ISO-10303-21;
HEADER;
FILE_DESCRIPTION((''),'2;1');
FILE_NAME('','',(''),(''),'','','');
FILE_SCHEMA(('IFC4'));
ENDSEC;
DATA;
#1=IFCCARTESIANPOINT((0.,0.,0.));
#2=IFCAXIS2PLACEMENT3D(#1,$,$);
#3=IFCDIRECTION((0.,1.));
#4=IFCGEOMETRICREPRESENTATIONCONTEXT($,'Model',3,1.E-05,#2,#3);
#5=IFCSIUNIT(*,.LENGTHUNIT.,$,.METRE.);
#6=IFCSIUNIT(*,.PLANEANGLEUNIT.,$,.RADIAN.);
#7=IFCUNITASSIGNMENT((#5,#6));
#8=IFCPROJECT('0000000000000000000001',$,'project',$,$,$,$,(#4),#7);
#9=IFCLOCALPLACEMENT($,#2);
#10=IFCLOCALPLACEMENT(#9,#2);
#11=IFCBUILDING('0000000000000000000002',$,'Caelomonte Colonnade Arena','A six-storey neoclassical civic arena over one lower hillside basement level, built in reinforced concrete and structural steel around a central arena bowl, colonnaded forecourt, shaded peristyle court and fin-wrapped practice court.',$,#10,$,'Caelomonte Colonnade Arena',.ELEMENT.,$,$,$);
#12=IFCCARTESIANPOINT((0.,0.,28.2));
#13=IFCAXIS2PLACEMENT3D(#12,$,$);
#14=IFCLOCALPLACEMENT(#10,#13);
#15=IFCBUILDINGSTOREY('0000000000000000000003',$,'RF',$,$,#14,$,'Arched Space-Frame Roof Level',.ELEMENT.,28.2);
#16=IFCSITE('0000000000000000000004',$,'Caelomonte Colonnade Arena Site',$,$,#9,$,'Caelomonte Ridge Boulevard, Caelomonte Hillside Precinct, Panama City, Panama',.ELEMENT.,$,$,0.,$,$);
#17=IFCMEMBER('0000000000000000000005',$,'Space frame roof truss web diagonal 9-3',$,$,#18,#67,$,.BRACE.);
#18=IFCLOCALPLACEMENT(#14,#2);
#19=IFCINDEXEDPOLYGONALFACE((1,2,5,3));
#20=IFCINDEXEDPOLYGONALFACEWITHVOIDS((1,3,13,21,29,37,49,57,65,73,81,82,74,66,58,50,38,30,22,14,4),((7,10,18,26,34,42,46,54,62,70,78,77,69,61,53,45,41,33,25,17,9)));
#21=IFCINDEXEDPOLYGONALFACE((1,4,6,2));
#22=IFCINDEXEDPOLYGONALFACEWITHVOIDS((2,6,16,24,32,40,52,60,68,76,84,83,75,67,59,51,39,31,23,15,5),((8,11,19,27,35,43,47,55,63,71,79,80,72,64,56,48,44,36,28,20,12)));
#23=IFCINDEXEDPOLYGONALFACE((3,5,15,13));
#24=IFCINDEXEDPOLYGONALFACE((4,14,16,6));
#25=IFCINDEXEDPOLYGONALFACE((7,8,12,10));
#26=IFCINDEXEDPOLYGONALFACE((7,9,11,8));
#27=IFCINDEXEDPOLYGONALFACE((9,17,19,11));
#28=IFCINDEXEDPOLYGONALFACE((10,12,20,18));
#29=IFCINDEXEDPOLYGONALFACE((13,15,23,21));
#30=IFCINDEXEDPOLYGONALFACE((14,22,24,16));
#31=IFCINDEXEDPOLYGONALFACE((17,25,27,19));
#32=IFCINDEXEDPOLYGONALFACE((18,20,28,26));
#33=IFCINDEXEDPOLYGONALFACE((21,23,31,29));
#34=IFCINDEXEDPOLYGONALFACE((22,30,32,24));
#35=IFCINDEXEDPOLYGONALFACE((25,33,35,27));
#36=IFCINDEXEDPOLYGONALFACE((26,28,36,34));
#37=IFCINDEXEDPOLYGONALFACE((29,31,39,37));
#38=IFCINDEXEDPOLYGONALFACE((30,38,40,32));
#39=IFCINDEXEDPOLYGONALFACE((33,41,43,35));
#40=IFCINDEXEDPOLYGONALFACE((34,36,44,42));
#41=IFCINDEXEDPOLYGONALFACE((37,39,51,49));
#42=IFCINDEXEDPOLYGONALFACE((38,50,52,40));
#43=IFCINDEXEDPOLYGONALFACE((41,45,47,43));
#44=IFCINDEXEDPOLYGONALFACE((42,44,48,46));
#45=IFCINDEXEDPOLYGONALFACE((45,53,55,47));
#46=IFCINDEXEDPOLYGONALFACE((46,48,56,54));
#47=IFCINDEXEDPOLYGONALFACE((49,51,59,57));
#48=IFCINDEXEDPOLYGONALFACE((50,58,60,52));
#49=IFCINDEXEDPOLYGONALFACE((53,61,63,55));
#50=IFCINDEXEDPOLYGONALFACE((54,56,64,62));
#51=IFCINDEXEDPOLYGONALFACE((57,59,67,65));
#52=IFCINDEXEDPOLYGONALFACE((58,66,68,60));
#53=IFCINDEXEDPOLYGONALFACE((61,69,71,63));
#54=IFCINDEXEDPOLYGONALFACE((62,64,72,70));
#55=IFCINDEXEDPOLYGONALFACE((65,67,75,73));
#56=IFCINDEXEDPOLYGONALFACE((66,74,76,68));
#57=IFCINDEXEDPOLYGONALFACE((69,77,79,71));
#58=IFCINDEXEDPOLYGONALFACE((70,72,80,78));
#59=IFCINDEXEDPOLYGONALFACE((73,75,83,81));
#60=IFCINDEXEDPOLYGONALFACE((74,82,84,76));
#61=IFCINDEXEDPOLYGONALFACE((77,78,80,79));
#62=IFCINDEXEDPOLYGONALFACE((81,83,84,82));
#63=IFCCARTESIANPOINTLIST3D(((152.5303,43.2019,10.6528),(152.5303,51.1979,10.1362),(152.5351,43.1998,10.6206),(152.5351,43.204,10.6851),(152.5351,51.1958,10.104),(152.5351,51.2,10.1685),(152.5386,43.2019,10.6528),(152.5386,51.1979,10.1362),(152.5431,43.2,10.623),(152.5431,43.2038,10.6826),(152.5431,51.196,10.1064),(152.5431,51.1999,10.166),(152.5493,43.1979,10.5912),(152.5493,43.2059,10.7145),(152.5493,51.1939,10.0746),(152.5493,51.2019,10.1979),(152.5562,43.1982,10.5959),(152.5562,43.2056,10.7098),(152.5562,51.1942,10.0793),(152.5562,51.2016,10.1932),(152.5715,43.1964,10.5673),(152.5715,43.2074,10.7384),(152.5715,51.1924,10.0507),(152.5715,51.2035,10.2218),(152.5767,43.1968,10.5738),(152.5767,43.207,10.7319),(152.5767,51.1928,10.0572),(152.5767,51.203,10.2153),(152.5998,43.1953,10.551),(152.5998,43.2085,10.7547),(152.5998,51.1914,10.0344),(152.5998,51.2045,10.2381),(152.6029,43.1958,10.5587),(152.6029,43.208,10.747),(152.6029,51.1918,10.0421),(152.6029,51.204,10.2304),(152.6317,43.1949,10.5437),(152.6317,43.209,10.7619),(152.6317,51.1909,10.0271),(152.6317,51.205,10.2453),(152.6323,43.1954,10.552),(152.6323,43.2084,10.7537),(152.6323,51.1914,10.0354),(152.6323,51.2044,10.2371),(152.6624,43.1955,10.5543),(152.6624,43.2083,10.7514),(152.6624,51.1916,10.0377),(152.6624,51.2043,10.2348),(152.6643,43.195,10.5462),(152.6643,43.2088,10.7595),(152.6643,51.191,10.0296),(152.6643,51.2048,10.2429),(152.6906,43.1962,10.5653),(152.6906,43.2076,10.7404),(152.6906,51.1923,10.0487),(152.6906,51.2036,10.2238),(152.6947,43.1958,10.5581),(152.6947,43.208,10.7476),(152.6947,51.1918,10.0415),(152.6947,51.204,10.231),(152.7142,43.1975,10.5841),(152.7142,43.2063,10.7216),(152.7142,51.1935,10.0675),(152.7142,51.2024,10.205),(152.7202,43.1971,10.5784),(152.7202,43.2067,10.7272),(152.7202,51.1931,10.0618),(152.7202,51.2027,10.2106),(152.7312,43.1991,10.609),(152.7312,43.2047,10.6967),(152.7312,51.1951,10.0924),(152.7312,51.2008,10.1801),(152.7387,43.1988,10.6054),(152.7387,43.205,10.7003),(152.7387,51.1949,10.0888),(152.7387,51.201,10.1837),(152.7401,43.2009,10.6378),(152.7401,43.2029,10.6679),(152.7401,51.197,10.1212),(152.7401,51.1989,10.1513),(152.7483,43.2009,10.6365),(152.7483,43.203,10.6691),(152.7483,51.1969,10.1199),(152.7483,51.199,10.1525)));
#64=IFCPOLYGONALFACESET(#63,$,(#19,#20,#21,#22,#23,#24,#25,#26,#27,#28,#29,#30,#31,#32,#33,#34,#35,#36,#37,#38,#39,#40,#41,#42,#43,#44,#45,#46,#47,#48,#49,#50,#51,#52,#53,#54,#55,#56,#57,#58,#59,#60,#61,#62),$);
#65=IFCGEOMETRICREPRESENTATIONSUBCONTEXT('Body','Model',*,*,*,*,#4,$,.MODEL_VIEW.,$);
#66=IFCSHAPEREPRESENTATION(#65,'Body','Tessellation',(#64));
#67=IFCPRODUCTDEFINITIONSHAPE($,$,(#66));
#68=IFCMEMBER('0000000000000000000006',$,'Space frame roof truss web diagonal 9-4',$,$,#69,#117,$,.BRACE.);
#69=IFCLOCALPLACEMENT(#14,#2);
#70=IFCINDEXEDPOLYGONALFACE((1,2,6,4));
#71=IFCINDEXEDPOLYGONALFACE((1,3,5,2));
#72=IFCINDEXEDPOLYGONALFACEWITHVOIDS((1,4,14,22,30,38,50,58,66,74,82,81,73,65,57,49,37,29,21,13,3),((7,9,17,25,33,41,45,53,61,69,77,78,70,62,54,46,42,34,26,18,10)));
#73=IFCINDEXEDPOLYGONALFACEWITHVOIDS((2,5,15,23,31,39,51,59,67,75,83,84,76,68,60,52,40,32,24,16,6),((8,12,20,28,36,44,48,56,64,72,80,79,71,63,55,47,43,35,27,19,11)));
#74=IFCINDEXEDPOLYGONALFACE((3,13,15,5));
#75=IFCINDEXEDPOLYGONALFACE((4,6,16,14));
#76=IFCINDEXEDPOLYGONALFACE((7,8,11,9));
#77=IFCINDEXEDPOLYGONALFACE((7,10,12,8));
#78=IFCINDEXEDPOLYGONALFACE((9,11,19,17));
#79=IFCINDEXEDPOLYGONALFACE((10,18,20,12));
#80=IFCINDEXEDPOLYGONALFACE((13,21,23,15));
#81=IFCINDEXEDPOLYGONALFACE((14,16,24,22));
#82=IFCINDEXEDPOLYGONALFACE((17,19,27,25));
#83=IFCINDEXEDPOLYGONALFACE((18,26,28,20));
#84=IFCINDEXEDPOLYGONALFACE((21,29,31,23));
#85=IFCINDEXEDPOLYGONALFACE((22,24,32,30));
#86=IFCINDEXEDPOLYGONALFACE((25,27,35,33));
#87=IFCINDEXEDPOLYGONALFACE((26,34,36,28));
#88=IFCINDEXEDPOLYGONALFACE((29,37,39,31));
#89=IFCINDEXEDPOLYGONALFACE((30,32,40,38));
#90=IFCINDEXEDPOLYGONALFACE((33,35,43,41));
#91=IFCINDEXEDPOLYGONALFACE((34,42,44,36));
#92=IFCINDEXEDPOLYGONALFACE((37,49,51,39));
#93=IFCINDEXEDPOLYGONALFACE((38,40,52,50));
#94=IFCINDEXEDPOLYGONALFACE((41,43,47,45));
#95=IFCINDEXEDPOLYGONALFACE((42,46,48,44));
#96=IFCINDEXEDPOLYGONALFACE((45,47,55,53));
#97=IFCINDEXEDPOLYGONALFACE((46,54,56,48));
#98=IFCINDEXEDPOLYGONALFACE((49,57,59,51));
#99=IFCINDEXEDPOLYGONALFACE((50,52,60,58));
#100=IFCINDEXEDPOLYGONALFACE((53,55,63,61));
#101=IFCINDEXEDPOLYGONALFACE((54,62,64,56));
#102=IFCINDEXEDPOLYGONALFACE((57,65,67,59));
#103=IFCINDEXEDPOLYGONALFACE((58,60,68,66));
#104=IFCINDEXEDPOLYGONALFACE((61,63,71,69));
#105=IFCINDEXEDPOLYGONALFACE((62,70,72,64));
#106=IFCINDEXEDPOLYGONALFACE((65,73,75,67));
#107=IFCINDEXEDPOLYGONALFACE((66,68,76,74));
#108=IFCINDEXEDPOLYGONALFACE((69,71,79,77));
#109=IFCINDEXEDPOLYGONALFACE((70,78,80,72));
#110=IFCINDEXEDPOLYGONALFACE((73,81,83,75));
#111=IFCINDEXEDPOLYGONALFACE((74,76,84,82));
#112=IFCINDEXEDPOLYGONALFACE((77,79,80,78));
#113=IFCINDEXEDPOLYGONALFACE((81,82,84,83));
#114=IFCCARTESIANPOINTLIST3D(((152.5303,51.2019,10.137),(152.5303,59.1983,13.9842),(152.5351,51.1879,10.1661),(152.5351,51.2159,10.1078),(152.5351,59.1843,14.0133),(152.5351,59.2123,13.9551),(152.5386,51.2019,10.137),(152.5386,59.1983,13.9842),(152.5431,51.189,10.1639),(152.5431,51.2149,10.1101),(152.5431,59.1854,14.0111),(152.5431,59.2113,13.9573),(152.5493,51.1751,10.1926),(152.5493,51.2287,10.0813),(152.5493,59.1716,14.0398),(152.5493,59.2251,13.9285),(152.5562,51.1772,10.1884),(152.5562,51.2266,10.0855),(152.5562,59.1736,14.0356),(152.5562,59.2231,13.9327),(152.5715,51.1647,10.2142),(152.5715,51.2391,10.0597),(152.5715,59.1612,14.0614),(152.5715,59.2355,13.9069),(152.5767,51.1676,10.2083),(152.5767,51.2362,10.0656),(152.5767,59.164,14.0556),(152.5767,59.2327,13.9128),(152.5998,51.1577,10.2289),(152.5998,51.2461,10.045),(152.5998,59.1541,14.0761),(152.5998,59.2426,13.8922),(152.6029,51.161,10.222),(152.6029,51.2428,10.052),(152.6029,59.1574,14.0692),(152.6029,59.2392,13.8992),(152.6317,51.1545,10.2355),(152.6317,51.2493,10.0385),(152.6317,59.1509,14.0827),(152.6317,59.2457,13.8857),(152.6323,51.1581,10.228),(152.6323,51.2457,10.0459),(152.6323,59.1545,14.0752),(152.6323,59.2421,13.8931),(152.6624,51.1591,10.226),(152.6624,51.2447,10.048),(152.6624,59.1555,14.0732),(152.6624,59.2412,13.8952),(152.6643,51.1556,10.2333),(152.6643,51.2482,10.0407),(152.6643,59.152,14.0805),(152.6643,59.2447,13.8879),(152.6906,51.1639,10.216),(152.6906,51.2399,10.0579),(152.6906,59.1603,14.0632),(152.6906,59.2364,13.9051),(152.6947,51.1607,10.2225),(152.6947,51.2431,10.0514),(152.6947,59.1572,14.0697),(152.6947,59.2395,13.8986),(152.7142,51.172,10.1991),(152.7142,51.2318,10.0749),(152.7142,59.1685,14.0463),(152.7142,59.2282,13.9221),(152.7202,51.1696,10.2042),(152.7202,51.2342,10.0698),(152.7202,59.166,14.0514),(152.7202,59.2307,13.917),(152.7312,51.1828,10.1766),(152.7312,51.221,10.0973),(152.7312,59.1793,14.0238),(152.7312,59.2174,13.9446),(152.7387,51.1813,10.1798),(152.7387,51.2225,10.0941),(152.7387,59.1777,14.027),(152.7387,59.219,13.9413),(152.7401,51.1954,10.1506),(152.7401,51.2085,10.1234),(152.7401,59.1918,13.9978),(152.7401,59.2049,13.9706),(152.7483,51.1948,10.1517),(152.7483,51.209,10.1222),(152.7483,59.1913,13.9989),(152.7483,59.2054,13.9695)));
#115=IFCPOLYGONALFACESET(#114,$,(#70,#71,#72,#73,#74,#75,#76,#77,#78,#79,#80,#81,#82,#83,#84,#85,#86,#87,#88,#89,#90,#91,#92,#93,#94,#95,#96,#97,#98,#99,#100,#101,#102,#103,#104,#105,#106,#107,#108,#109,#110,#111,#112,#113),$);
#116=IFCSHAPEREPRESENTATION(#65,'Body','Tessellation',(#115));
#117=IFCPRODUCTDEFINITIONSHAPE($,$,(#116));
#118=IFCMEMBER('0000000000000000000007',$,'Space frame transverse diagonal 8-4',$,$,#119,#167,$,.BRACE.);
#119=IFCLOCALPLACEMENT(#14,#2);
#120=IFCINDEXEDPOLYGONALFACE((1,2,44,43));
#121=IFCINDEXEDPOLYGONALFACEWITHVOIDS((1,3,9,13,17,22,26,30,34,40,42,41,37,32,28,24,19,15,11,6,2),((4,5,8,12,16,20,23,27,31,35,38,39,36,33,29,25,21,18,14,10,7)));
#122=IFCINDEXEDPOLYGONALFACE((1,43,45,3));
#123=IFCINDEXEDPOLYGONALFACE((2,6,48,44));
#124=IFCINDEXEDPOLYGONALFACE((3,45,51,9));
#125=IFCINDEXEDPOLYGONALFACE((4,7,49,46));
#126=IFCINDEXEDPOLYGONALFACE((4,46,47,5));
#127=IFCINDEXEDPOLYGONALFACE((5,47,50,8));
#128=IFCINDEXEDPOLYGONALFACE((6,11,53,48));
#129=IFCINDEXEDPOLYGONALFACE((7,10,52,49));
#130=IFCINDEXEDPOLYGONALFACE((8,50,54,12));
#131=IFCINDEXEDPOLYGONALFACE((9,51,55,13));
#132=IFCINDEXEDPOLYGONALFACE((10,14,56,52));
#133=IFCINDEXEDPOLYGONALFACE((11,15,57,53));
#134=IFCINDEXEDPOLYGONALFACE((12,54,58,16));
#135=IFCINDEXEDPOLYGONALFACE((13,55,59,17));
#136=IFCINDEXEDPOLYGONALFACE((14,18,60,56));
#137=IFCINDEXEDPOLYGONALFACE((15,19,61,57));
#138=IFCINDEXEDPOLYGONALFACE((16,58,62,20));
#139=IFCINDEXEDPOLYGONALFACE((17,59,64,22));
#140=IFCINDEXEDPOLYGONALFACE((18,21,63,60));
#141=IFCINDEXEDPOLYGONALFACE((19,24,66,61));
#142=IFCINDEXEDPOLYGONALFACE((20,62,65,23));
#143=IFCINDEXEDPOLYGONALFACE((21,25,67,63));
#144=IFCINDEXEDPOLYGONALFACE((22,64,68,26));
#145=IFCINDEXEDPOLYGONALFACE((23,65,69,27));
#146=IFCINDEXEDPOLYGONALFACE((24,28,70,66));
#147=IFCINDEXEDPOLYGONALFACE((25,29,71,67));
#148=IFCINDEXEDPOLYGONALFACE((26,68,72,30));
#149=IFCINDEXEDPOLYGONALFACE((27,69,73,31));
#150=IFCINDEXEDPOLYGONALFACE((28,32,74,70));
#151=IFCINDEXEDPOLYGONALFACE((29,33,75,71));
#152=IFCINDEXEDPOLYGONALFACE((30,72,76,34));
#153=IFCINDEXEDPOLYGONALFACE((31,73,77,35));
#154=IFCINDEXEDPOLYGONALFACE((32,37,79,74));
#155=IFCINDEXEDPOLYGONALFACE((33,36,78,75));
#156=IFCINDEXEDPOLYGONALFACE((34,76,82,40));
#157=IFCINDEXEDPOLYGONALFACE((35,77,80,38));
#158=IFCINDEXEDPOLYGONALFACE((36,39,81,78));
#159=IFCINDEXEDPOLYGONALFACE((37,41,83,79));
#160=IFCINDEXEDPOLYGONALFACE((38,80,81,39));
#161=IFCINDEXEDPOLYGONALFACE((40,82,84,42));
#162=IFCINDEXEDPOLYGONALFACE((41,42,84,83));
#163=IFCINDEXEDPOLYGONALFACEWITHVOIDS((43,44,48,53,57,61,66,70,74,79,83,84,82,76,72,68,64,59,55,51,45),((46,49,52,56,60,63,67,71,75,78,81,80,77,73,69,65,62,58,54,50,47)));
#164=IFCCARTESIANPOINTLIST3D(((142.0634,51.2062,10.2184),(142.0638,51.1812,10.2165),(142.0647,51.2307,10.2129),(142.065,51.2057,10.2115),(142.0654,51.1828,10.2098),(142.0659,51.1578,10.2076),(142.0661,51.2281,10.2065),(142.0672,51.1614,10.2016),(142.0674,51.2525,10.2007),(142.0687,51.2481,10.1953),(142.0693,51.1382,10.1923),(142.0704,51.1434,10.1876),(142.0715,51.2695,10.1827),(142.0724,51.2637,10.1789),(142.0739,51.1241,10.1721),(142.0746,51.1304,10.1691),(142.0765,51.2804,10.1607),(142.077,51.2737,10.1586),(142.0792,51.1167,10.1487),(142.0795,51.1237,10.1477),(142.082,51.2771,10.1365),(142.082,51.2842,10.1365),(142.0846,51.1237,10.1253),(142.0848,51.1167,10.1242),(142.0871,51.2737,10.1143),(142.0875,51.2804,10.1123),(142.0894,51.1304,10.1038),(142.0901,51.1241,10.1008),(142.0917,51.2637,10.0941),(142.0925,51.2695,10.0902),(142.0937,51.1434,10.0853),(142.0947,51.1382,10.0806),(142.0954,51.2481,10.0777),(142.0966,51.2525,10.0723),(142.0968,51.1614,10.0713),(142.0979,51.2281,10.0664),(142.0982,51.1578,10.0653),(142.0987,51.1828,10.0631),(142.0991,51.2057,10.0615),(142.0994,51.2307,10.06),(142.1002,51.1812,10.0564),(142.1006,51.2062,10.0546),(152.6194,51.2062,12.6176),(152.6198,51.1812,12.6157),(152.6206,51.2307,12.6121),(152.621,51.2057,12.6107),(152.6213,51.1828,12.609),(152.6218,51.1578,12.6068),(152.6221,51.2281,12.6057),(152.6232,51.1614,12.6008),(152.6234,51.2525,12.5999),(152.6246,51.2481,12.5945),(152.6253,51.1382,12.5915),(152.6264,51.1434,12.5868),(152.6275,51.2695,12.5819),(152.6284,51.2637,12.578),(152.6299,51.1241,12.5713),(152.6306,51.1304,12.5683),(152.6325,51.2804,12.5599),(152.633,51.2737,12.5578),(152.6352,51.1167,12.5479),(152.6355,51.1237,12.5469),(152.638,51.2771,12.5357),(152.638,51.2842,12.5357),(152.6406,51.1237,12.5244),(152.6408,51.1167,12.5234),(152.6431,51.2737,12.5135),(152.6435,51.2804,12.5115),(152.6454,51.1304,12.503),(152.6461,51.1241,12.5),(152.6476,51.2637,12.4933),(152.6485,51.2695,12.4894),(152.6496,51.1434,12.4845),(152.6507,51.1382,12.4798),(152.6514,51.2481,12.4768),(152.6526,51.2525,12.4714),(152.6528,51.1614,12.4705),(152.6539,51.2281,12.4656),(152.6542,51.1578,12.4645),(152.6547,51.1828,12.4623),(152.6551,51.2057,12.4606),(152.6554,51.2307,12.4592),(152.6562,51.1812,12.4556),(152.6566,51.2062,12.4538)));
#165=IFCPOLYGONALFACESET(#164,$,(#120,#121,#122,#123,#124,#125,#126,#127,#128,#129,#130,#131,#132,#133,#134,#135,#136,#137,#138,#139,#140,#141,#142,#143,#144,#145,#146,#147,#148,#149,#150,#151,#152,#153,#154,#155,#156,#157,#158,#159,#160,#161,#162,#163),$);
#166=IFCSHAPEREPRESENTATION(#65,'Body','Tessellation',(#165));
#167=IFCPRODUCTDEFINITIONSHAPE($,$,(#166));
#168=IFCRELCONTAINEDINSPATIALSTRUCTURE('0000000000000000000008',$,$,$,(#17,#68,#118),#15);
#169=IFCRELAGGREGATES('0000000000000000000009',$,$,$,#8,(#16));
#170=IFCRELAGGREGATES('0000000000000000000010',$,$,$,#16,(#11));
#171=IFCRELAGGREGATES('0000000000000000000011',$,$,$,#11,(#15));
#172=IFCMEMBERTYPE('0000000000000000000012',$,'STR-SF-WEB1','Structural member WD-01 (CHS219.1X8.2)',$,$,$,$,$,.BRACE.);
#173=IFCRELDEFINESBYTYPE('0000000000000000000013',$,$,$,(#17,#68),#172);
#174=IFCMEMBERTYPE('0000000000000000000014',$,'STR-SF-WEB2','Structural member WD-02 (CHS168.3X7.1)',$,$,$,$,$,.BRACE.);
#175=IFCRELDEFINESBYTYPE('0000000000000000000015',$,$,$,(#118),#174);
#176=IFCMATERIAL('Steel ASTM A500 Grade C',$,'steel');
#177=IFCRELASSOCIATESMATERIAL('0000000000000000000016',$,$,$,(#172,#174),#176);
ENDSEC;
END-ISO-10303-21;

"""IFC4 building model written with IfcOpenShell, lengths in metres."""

from ifc_helpers import new_model, si_unit, direction, frame, origin, origin_2d, place, context, subcontext, project, spatial, hollow_circle, extrude, material, material_profile, profile_set, type_object, element, save


model = new_model("IFC4")

# Units and contexts
model_context = context("Model", 3, precision=1e-05, world=origin(), true_north=direction((0.0, 1.0)))
body_context = subcontext(model_context, "Body", "Model", "MODEL_VIEW")
ifc_project = project(units=[si_unit("LENGTHUNIT", "METRE"), si_unit("PLANEANGLEUNIT", "RADIAN")], contexts=[model_context])

# Site, building, storey
site_placement = place(None, origin())
site = spatial("IfcSite", under=ifc_project, at=site_placement, Name="Caelomonte Colonnade Arena Site", LongName="Caelomonte Ridge Boulevard, Caelomonte Hillside Precinct, Panama City, Panama", CompositionType="ELEMENT", RefElevation=0.0)
building_placement = place(site_placement, origin())
building = spatial("IfcBuilding", under=site, at=building_placement, Name="Caelomonte Colonnade Arena", Description="A six-storey neoclassical civic arena over one lower hillside basement level, built in reinforced concrete and structural steel around a central arena bowl, colonnaded forecourt, shaded peristyle court and fin-wrapped practice court.", LongName="Caelomonte Colonnade Arena", CompositionType="ELEMENT")
storey_placement = place(building_placement, frame((0.0, 0.0, 28.2)))
storey = spatial("IfcBuildingStorey", under=building, at=storey_placement, Name="RF", LongName="Arched Space-Frame Roof Level", CompositionType="ELEMENT", Elevation=28.2)

# Members
ifc_material_1 = material(Name="Steel ASTM A500 Grade C", Category="steel")
ifc_material_profile_1 = material_profile(ifc_material_1, hollow_circle(Radius=0.1096, WallThickness=0.0083, at=origin_2d()), Name="CHS219.1X8.2")
ifc_profile_set_1 = profile_set([ifc_material_profile_1], Name="Steel ASTM A500 Grade C")
member_type_1 = type_object("IfcMemberType", Name="STR-SF-WEB1", Description="Structural member WD-01 (CHS219.1X8.2)", PredefinedType="BRACE", material=ifc_profile_set_1)
member_1_placement = place(storey_placement, frame((152.6399, 43.2019, 10.6528), z_axis=(0.0, 0.997919, -0.064472), x_axis=(-1.0, 0.0, 0.0)))
element("IfcMember", 1, at=member_1_placement, inside=storey, type_object=member_type_1, Name="Space frame roof truss web diagonal 9-3", PredefinedType="BRACE", context=body_context, shape_type="SweptSolid", body=[
    extrude(hollow_circle(Radius=0.1096, WallThickness=0.0083, at=origin_2d()), origin(), (0.0, 0.0, 1.0), 8.0127),
])
member_2_placement = place(storey_placement, frame((152.6399, 51.2019, 10.137), z_axis=(0.0, 0.90113, 0.433548), x_axis=(-1.0, 0.0, 0.0)))
element("IfcMember", 2, at=member_2_placement, inside=storey, type_object=member_type_1, Name="Space frame roof truss web diagonal 9-4", PredefinedType="BRACE", context=body_context, shape_type="SweptSolid", body=[
    extrude(hollow_circle(Radius=0.1096, WallThickness=0.0083, at=origin_2d()), origin(), (0.0, 0.0, 1.0), 8.8738),
])
ifc_material_profile_2 = material_profile(ifc_material_1, hollow_circle(Radius=0.0842, WallThickness=0.0071, at=origin_2d()), Name="CHS168.3X7.1")
ifc_profile_set_2 = profile_set([ifc_material_profile_2], Name="Steel ASTM A500 Grade C")
member_type_2 = type_object("IfcMemberType", Name="STR-SF-WEB2", Description="Structural member WD-02 (CHS168.3X7.1)", PredefinedType="BRACE", material=ifc_profile_set_2)
for number, where, z_axis, x_axis, name in (
    (3, (142.082, 51.2, 10.1365), (0.975131, 0.0, 0.22163), (0.0, 1.0, 0.0), "Space frame transverse diagonal 8-4"),
):
    element("IfcMember", number, at=place(storey_placement, frame(where, z_axis=z_axis, x_axis=x_axis)), inside=storey, type_object=member_type_2, Name=name, PredefinedType="BRACE", context=body_context, shape_type="SweptSolid", body=[
        extrude(hollow_circle(Radius=0.0842, WallThickness=0.0071, at=origin_2d()), origin(), (0.0, 0.0, 1.0), 10.8252),
    ])

save(model, "model.ifc")
